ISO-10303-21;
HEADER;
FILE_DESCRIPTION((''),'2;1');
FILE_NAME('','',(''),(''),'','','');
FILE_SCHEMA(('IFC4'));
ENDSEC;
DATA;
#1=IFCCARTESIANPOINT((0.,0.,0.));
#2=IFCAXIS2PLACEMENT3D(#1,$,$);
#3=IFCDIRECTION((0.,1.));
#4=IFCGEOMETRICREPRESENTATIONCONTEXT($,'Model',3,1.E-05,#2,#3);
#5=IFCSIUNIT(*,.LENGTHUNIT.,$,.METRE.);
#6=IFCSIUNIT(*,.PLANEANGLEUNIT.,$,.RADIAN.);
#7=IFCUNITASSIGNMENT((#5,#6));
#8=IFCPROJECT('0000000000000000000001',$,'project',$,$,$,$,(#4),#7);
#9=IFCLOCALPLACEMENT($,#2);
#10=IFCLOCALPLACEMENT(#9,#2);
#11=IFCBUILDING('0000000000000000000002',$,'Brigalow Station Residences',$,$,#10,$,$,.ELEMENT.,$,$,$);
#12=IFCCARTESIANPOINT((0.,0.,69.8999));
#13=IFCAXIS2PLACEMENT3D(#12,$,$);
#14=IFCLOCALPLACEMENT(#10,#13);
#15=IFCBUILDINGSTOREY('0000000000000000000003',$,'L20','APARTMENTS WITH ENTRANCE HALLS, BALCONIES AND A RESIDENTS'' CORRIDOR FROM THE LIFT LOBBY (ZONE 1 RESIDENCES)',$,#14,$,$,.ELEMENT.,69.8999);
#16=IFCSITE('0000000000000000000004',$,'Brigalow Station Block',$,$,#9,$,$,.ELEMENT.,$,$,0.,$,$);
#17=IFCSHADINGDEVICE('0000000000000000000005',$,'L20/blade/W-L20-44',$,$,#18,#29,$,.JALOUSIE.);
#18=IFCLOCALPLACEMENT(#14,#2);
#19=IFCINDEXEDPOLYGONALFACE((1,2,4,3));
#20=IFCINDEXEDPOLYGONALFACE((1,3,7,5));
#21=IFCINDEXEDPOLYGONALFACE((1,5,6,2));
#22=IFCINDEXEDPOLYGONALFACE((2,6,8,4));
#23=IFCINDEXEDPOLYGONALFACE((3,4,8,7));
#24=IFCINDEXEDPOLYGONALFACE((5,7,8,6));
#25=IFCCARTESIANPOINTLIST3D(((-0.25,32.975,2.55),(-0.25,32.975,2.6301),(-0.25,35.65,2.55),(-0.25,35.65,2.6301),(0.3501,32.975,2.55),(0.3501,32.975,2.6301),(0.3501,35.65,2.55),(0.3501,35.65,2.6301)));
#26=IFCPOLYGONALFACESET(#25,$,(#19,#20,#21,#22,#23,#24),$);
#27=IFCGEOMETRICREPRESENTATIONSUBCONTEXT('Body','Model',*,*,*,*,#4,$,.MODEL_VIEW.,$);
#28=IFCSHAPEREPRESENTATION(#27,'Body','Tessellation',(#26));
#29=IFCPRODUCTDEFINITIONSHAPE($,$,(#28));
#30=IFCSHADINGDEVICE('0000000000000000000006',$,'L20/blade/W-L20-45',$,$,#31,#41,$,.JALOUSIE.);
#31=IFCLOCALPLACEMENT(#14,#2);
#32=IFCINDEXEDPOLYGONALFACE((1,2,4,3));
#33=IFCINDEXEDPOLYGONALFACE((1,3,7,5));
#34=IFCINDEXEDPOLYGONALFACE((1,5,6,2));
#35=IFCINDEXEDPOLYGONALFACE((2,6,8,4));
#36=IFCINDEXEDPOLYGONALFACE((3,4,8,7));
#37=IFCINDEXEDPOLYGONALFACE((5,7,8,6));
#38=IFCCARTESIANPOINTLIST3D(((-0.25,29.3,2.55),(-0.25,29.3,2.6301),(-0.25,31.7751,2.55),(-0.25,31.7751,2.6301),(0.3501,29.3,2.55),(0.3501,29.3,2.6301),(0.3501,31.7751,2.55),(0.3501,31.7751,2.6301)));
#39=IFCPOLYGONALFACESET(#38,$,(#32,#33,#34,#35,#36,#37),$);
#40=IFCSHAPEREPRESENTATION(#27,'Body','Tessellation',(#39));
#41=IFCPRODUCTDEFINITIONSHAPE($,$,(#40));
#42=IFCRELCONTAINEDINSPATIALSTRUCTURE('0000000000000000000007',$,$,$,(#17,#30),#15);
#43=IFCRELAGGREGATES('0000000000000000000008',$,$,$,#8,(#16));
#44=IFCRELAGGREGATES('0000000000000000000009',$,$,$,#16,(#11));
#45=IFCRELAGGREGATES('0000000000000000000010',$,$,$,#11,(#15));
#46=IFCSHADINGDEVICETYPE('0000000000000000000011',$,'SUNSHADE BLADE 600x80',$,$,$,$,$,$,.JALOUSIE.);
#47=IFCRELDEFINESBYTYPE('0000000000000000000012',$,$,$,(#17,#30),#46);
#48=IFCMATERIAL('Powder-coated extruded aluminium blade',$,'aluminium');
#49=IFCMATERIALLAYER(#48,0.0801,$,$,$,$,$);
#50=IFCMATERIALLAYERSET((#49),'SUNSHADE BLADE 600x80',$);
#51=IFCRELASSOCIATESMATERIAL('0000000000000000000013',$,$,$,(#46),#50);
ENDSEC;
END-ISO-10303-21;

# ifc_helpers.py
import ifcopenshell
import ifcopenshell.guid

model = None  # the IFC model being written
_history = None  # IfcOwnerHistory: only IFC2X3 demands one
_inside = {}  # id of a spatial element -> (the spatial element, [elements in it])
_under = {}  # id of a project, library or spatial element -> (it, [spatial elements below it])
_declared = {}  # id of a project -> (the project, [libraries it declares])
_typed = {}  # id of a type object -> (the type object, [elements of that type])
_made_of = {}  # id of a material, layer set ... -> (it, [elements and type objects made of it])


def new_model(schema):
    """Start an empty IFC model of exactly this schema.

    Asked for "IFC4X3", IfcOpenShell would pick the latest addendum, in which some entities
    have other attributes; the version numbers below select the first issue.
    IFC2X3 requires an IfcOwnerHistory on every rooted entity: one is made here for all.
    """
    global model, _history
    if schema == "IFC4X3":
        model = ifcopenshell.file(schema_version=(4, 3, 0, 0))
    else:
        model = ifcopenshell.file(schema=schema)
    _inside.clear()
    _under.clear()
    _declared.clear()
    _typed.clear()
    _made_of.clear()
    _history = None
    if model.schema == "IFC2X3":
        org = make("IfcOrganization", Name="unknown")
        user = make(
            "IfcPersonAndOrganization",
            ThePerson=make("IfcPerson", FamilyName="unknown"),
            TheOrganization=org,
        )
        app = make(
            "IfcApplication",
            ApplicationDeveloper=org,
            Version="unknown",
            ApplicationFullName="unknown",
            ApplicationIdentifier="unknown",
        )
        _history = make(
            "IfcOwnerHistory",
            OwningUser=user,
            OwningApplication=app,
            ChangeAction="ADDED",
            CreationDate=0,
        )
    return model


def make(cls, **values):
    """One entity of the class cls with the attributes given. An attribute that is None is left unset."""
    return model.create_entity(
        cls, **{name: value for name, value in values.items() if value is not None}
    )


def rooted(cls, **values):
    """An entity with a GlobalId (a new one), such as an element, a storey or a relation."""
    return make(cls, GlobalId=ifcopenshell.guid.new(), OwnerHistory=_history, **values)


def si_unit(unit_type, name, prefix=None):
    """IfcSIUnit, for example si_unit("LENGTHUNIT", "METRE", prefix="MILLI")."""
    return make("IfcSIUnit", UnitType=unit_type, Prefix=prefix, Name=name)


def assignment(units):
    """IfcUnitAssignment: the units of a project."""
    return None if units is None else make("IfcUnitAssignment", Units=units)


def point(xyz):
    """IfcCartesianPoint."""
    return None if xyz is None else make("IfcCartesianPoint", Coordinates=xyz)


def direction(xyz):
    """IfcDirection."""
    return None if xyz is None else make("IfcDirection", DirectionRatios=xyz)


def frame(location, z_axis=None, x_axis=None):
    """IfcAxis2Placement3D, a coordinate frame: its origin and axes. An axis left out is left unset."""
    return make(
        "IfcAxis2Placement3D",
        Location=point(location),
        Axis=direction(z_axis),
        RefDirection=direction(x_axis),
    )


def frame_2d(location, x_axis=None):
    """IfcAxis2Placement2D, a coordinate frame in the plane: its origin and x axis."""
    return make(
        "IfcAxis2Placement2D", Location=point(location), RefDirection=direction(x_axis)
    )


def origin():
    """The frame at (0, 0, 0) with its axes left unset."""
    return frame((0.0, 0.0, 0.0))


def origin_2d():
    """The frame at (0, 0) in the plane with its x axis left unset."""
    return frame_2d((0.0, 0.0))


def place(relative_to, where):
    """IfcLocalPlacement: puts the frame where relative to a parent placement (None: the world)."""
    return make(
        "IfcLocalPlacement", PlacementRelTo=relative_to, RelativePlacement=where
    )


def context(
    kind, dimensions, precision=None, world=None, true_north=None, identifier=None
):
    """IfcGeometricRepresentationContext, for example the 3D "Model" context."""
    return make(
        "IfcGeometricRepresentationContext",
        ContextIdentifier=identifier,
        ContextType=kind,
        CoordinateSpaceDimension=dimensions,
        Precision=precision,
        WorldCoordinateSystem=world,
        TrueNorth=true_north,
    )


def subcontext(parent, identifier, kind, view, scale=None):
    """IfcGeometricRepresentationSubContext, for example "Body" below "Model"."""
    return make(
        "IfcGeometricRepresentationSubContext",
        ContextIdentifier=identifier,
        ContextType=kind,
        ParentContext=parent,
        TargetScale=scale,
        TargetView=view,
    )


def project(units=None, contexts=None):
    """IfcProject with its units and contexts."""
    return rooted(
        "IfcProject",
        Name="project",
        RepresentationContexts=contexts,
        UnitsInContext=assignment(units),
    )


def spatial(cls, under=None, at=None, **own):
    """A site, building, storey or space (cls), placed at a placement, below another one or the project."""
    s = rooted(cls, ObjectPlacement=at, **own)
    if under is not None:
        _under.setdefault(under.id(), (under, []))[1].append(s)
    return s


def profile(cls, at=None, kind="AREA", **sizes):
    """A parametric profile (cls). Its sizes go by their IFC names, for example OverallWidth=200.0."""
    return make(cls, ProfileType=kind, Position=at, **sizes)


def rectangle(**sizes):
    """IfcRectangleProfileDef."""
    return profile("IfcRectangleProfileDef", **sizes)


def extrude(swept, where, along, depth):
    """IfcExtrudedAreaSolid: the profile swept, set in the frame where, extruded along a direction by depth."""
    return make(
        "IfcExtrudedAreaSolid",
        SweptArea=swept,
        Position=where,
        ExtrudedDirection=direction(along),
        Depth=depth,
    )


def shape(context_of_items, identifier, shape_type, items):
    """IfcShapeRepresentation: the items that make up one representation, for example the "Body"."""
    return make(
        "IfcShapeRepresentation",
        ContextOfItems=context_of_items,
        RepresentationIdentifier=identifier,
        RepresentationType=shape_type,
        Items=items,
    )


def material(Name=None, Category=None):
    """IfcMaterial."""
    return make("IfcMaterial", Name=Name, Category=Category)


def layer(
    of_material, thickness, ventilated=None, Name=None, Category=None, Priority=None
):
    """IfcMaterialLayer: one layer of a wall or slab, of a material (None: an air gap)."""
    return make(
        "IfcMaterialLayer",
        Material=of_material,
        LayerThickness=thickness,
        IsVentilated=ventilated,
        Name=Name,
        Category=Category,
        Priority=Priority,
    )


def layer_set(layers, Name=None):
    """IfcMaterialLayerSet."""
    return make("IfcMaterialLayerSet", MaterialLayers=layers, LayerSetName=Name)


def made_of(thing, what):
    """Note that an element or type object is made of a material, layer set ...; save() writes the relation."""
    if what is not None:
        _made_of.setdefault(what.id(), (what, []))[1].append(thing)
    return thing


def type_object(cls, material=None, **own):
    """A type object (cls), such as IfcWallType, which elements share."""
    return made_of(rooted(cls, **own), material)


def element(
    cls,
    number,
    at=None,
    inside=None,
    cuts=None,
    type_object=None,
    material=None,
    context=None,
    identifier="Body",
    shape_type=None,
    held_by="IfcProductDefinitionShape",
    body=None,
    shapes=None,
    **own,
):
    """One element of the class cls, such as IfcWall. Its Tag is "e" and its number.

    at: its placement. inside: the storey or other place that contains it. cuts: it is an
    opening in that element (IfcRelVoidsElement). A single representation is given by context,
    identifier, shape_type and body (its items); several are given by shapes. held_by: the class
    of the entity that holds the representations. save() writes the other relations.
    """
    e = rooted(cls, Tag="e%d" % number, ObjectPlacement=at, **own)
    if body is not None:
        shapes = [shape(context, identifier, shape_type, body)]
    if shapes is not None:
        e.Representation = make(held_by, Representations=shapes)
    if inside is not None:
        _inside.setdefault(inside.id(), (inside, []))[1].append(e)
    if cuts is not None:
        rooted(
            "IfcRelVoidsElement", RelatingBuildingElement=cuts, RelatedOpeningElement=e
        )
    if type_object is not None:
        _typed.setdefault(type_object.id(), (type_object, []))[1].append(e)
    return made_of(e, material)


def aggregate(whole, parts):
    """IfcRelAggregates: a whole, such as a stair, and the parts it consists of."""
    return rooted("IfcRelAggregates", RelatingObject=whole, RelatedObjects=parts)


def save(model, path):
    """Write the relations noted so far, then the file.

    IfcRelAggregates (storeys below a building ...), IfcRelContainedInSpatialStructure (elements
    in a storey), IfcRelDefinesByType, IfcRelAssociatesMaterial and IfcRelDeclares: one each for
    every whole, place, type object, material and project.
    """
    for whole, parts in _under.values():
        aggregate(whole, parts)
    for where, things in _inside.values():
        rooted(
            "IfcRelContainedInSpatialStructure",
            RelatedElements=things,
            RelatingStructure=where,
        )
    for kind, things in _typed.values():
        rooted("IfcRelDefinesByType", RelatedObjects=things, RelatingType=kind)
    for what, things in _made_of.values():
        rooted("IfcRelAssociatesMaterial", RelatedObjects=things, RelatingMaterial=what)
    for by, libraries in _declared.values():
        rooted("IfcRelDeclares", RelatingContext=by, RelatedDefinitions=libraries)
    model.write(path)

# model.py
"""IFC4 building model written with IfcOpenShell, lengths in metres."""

from ifc_helpers import new_model, si_unit, direction, frame, origin, origin_2d, place, context, subcontext, project, spatial, rectangle, extrude, material, layer, layer_set, type_object, element, save


model = new_model("IFC4")

# Units and contexts
model_context = context("Model", 3, precision=1e-05, world=origin(), true_north=direction((0.0, 1.0)))
body_context = subcontext(model_context, "Body", "Model", "MODEL_VIEW")
ifc_project = project(units=[si_unit("LENGTHUNIT", "METRE"), si_unit("PLANEANGLEUNIT", "RADIAN")], contexts=[model_context])

# Site, building, storey
site_placement = place(None, origin())
site = spatial("IfcSite", under=ifc_project, at=site_placement, Name="Brigalow Station Block", CompositionType="ELEMENT", RefElevation=0.0)
building_placement = place(site_placement, origin())
building = spatial("IfcBuilding", under=site, at=building_placement, Name="Brigalow Station Residences", CompositionType="ELEMENT")
storey_placement = place(building_placement, frame((0.0, 0.0, 69.8999)))
storey = spatial("IfcBuildingStorey", under=building, at=storey_placement, Name="L20", Description="APARTMENTS WITH ENTRANCE HALLS, BALCONIES AND A RESIDENTS' CORRIDOR FROM THE LIFT LOBBY (ZONE 1 RESIDENCES)", CompositionType="ELEMENT", Elevation=69.8999)

# Shading devices
ifc_material_1 = material(Name="Powder-coated extruded aluminium blade", Category="aluminium")
ifc_layer_1 = layer(ifc_material_1, 0.0801)
ifc_layer_set_1 = layer_set([ifc_layer_1], Name="SUNSHADE BLADE 600x80")
shading_device_type = type_object("IfcShadingDeviceType", Name="SUNSHADE BLADE 600x80", PredefinedType="JALOUSIE", material=ifc_layer_set_1)
shading_device_1_placement = place(storey_placement, frame((0.05, 34.3125, 2.55), z_axis=(0.0, 0.0, 1.0), x_axis=(0.0, -1.0, 0.0)))
element("IfcShadingDevice", 1, at=shading_device_1_placement, inside=storey, type_object=shading_device_type, Name="L20/blade/W-L20-44", PredefinedType="JALOUSIE", context=body_context, shape_type="SweptSolid", body=[
    extrude(rectangle(XDim=2.675, YDim=0.6001, at=origin_2d()), origin(), (0.0, 0.0, 1.0), 0.0801),
])
shading_device_2_placement = place(storey_placement, frame((0.05, 30.5376, 2.55), z_axis=(0.0, 0.0, 1.0), x_axis=(0.0, -1.0, 0.0)))
element("IfcShadingDevice", 2, at=shading_device_2_placement, inside=storey, type_object=shading_device_type, Name="L20/blade/W-L20-45", PredefinedType="JALOUSIE", context=body_context, shape_type="SweptSolid", body=[
    extrude(rectangle(XDim=2.4751, YDim=0.6001, at=origin_2d()), origin(), (0.0, 0.0, 1.0), 0.0801),
])

save(model, "model.ifc")
